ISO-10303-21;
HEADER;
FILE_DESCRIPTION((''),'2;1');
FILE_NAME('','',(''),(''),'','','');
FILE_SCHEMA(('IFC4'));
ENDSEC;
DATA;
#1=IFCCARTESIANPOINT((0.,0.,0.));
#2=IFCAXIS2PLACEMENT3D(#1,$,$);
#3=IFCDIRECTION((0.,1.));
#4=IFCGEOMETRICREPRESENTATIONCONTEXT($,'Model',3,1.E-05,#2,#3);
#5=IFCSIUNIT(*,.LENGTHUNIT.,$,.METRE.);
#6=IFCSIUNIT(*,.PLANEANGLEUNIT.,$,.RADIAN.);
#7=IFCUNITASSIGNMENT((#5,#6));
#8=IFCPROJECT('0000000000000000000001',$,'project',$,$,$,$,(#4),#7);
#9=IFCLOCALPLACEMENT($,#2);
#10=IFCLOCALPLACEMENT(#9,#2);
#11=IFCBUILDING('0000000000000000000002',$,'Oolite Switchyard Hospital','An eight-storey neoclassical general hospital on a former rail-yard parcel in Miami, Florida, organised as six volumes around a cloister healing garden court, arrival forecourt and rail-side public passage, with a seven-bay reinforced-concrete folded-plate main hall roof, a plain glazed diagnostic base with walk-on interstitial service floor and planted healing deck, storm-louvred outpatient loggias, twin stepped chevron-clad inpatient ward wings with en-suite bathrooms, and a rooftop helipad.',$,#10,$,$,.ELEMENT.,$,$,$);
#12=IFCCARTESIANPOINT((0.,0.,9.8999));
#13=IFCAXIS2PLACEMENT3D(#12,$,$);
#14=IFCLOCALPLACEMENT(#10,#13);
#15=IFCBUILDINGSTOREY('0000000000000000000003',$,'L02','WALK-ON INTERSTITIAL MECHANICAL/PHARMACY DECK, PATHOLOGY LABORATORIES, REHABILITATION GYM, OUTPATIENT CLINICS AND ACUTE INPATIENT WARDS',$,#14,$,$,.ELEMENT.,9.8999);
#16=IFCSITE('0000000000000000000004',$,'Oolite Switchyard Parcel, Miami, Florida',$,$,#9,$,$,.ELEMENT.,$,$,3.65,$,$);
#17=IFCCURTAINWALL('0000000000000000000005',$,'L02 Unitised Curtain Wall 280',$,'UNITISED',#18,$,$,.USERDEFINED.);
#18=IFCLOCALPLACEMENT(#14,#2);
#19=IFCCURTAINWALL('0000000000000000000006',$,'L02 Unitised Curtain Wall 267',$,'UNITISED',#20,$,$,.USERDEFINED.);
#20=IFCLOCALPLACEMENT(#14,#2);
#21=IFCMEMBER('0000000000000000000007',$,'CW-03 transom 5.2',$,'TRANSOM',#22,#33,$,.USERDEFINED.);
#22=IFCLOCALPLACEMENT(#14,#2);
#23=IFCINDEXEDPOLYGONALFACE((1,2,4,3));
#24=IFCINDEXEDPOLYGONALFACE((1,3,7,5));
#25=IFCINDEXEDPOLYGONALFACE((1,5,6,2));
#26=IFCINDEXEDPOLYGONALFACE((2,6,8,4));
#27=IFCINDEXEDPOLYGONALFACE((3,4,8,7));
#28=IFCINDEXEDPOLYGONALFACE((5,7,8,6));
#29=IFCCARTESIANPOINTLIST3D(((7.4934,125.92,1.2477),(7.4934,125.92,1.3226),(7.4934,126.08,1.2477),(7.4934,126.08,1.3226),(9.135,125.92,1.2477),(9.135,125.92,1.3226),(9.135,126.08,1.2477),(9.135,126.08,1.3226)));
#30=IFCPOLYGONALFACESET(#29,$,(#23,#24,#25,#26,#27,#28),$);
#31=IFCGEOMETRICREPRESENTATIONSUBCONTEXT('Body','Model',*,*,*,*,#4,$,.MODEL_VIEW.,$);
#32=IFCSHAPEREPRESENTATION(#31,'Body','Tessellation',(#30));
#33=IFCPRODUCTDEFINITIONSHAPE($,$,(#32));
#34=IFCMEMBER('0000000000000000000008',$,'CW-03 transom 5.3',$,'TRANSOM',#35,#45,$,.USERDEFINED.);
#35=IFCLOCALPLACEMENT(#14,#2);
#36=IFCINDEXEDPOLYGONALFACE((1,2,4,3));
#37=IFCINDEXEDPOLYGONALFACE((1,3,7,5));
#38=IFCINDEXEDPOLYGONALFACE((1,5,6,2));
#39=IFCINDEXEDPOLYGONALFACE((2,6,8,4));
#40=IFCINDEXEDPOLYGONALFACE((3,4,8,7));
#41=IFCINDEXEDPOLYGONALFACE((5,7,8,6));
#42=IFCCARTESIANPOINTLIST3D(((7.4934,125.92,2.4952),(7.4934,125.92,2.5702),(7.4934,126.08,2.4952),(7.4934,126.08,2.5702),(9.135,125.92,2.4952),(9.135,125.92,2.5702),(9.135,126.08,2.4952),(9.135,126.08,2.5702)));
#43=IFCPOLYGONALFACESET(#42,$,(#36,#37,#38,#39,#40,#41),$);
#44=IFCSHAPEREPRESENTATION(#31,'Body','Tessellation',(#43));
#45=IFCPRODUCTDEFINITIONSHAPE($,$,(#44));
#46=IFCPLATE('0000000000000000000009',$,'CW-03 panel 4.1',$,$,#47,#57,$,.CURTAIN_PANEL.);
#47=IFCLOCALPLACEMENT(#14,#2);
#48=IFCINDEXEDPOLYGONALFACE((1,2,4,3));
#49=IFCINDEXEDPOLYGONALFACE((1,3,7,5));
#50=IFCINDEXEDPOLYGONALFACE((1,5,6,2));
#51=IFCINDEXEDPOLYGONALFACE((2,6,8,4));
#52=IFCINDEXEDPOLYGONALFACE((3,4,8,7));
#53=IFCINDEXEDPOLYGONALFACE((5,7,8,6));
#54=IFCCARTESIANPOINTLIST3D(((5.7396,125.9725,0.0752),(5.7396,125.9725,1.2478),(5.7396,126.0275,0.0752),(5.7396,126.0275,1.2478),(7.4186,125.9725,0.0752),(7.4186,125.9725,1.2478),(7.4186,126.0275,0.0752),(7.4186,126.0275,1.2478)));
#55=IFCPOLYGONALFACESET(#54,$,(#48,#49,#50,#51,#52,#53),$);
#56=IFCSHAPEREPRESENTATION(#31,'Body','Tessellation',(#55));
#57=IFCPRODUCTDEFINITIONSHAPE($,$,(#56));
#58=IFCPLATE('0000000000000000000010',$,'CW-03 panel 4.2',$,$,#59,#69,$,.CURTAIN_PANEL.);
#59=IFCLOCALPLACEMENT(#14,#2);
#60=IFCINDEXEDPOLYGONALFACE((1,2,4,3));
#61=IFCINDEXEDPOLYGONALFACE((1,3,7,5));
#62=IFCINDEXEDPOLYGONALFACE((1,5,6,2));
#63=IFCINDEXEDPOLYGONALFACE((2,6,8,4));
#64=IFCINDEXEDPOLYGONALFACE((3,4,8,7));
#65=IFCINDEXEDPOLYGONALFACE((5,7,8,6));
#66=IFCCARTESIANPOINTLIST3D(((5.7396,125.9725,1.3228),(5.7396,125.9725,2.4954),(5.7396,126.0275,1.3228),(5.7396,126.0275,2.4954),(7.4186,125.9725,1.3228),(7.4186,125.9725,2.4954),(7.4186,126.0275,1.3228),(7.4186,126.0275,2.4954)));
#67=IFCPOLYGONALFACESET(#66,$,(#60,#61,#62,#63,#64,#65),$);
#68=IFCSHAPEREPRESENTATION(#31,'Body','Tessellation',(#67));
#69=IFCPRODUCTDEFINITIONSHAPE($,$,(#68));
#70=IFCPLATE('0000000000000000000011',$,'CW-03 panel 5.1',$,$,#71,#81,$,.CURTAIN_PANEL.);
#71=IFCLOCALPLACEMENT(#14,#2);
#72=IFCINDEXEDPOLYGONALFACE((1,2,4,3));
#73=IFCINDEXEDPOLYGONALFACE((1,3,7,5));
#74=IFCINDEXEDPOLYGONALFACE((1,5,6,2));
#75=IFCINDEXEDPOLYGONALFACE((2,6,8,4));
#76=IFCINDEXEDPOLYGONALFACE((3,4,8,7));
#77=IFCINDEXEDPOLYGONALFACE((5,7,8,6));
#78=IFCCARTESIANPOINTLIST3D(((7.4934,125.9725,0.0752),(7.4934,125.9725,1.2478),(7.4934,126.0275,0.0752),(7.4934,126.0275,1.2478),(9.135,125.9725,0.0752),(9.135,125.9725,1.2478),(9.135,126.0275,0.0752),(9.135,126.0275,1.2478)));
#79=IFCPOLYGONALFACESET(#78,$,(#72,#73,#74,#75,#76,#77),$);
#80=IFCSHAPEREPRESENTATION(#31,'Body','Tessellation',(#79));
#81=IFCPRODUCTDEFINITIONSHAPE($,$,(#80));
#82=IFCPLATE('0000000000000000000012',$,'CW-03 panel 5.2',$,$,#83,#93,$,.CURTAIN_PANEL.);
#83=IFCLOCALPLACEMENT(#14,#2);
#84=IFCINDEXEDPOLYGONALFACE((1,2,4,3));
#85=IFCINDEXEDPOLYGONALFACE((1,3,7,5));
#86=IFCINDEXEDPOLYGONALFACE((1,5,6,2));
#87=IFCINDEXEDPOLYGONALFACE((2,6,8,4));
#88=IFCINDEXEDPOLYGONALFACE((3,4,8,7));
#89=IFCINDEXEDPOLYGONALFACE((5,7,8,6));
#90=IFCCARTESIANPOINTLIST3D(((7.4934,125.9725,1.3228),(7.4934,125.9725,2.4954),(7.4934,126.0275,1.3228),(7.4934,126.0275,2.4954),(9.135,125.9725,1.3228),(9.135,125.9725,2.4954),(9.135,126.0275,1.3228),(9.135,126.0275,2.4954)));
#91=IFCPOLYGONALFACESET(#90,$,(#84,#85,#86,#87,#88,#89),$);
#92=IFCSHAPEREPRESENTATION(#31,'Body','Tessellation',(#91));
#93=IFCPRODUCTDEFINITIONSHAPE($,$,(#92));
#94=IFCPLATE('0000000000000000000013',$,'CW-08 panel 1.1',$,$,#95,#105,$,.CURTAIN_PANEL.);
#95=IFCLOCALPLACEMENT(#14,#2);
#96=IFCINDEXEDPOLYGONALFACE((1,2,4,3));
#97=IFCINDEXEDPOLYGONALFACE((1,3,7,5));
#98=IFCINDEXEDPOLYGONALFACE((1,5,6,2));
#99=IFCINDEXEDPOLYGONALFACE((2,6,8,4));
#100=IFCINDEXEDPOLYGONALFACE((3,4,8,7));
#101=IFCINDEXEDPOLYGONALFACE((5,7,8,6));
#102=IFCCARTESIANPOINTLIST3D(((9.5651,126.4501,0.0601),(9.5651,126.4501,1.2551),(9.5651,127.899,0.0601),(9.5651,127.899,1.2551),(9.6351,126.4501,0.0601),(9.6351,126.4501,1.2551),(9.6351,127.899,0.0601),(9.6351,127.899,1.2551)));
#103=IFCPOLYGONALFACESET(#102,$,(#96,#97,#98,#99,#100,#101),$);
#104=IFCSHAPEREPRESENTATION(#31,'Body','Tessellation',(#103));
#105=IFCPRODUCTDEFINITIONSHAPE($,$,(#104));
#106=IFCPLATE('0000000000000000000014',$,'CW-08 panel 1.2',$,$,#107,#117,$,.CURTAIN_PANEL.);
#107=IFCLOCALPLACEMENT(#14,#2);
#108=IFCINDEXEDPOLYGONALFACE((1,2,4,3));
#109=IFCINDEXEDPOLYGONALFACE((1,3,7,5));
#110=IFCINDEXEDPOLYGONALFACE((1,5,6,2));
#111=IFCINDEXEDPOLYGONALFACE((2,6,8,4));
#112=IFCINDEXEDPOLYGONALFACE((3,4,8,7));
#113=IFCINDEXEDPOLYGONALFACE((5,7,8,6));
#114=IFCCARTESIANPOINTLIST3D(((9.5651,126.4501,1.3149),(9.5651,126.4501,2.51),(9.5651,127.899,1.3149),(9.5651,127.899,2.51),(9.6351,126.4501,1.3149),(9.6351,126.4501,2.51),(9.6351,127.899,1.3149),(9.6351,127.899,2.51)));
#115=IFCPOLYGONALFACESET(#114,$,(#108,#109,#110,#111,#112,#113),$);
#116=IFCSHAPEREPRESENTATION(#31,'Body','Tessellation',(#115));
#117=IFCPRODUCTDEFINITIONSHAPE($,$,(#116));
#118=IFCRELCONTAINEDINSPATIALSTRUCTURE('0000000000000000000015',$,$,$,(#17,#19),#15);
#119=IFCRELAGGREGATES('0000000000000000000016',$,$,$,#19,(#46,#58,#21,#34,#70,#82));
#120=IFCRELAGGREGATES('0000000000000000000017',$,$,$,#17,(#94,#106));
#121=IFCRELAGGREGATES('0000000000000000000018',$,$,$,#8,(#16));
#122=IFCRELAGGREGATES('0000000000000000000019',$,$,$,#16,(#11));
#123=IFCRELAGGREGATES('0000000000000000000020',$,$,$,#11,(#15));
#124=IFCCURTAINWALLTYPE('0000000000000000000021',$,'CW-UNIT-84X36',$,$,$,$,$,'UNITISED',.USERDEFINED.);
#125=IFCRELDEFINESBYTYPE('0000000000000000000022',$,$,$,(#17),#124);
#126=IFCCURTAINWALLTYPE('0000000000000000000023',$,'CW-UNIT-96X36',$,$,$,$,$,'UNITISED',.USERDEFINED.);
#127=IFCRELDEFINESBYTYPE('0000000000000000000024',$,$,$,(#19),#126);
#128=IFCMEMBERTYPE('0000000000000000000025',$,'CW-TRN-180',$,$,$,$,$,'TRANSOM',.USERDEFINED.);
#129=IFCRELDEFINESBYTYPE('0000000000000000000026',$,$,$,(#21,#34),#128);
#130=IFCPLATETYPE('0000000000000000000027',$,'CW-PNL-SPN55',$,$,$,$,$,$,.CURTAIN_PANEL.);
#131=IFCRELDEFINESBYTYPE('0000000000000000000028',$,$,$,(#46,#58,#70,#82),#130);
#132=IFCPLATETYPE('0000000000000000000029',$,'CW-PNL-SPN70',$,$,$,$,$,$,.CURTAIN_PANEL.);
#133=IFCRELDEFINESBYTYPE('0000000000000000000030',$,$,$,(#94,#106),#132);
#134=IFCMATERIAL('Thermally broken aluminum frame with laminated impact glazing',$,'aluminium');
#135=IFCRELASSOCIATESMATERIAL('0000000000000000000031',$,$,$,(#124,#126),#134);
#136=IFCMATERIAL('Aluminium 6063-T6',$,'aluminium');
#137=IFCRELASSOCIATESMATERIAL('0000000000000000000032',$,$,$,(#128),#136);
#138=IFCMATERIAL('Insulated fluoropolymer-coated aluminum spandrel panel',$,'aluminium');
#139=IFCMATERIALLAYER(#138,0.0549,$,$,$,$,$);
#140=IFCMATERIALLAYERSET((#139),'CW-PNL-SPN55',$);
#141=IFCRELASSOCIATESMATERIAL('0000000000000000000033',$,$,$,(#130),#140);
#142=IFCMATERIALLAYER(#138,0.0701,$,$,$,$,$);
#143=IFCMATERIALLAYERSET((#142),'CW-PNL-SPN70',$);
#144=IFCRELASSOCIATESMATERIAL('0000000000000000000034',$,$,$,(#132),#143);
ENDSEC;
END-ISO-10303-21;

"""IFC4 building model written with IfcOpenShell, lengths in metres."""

from ifc_helpers import new_model, si_unit, direction, frame, origin, origin_2d, place, context, subcontext, project, spatial, rectangle, extrude, material, layer, layer_set, material_profile, profile_set, type_object, element, aggregate, save


model = new_model("IFC4")

# Units and contexts
model_context = context("Model", 3, precision=1e-05, world=origin(), true_north=direction((0.0, 1.0)))
body_context = subcontext(model_context, "Body", "Model", "MODEL_VIEW")
ifc_project = project(units=[si_unit("LENGTHUNIT", "METRE"), si_unit("PLANEANGLEUNIT", "RADIAN")], contexts=[model_context])

# Site, building, storey
site_placement = place(None, origin())
site = spatial("IfcSite", under=ifc_project, at=site_placement, Name="Oolite Switchyard Parcel, Miami, Florida", CompositionType="ELEMENT", RefElevation=3.65)
building_placement = place(site_placement, origin())
building = spatial("IfcBuilding", under=site, at=building_placement, Name="Oolite Switchyard Hospital", Description="An eight-storey neoclassical general hospital on a former rail-yard parcel in Miami, Florida, organised as six volumes around a cloister healing garden court, arrival forecourt and rail-side public passage, with a seven-bay reinforced-concrete folded-plate main hall roof, a plain glazed diagnostic base with walk-on interstitial service floor and planted healing deck, storm-louvred outpatient loggias, twin stepped chevron-clad inpatient ward wings with en-suite bathrooms, and a rooftop helipad.", CompositionType="ELEMENT")
storey_placement = place(building_placement, frame((0.0, 0.0, 9.8999)))
storey = spatial("IfcBuildingStorey", under=building, at=storey_placement, Name="L02", Description="WALK-ON INTERSTITIAL MECHANICAL/PHARMACY DECK, PATHOLOGY LABORATORIES, REHABILITATION GYM, OUTPATIENT CLINICS AND ACUTE INPATIENT WARDS", CompositionType="ELEMENT", Elevation=9.8999)

# Curtain walls
ifc_material_1 = material(Name="Thermally broken aluminum frame with laminated impact glazing", Category="aluminium")
curtain_wall_type_1 = type_object("IfcCurtainWallType", Name="CW-UNIT-84X36", ElementType="UNITISED", PredefinedType="USERDEFINED", material=ifc_material_1)
curtain_wall_1_placement = place(storey_placement, origin())
curtain_wall_1 = element("IfcCurtainWall", 1, at=curtain_wall_1_placement, inside=storey, type_object=curtain_wall_type_1, Name="L02 Unitised Curtain Wall 280", ObjectType="UNITISED", PredefinedType="USERDEFINED")
ifc_material_2 = material(Name="Aluminium 6063-T6", Category="aluminium")
curtain_wall_type_2 = type_object("IfcCurtainWallType", Name="CW-UNIT-96X36", ElementType="UNITISED", PredefinedType="USERDEFINED", material=ifc_material_1)
curtain_wall_2_placement = place(storey_placement, origin())
curtain_wall_2 = element("IfcCurtainWall", 2, at=curtain_wall_2_placement, inside=storey, type_object=curtain_wall_type_2, Name="L02 Unitised Curtain Wall 267", ObjectType="UNITISED", PredefinedType="USERDEFINED")

# Members
ifc_material_profile_1 = material_profile(ifc_material_2, rectangle(XDim=0.1599, YDim=0.075, at=origin_2d()), Name="CWT75X160")
ifc_profile_set_1 = profile_set([ifc_material_profile_1], Name="Aluminium 6063-T6")
member_type_1 = type_object("IfcMemberType", Name="CW-TRN-180", ElementType="TRANSOM", PredefinedType="USERDEFINED", material=ifc_profile_set_1)
member_1_placement = place(storey_placement, frame((7.4934, 126.0, 1.2852), z_axis=(1.0, 0.0, 0.0), x_axis=(0.0, 1.0, 0.0)))
member_1 = element("IfcMember", 3, at=member_1_placement, type_object=member_type_1, Name="CW-03 transom 5.2", ObjectType="TRANSOM", PredefinedType="USERDEFINED", context=body_context, shape_type="SweptSolid", body=[
    extrude(rectangle(XDim=0.1599, YDim=0.075, at=origin_2d()), origin(), (0.0, 0.0, 1.0), 1.6416),
])
member_2_placement = place(storey_placement, frame((7.4934, 126.0, 2.5327), z_axis=(1.0, 0.0, 0.0), x_axis=(0.0, 1.0, 0.0)))
member_2 = element("IfcMember", 4, at=member_2_placement, type_object=member_type_1, Name="CW-03 transom 5.3", ObjectType="TRANSOM", PredefinedType="USERDEFINED", context=body_context, shape_type="SweptSolid", body=[
    extrude(rectangle(XDim=0.1599, YDim=0.075, at=origin_2d()), origin(), (0.0, 0.0, 1.0), 1.6416),
])

# Plates
ifc_material_3 = material(Name="Insulated fluoropolymer-coated aluminum spandrel panel", Category="aluminium")
ifc_layer_1 = layer(ifc_material_3, 0.0549)
ifc_layer_set_1 = layer_set([ifc_layer_1], Name="CW-PNL-SPN55")
plate_type_1 = type_object("IfcPlateType", Name="CW-PNL-SPN55", PredefinedType="CURTAIN_PANEL", material=ifc_layer_set_1)
plate_1_placement = place(storey_placement, frame((6.5791, 126.0, 0.0752), z_axis=(0.0, 0.0, 1.0), x_axis=(1.0, 0.0, 0.0)))
plate_1 = element("IfcPlate", 5, at=plate_1_placement, type_object=plate_type_1, Name="CW-03 panel 4.1", PredefinedType="CURTAIN_PANEL", context=body_context, shape_type="SweptSolid", body=[
    extrude(rectangle(XDim=1.679, YDim=0.0549, at=origin_2d()), origin(), (0.0, 0.0, 1.0), 1.1726),
])
plate_2_placement = place(storey_placement, frame((6.5791, 126.0, 1.3228), z_axis=(0.0, 0.0, 1.0), x_axis=(1.0, 0.0, 0.0)))
plate_2 = element("IfcPlate", 6, at=plate_2_placement, type_object=plate_type_1, Name="CW-03 panel 4.2", PredefinedType="CURTAIN_PANEL", context=body_context, shape_type="SweptSolid", body=[
    extrude(rectangle(XDim=1.679, YDim=0.0549, at=origin_2d()), origin(), (0.0, 0.0, 1.0), 1.1726),
])
plate_3_placement = place(storey_placement, frame((8.3142, 126.0, 0.0752), z_axis=(0.0, 0.0, 1.0), x_axis=(1.0, 0.0, 0.0)))
plate_3 = element("IfcPlate", 7, at=plate_3_placement, type_object=plate_type_1, Name="CW-03 panel 5.1", PredefinedType="CURTAIN_PANEL", context=body_context, shape_type="SweptSolid", body=[
    extrude(rectangle(XDim=1.6416, YDim=0.0549, at=origin_2d()), origin(), (0.0, 0.0, 1.0), 1.1726),
])
plate_4_placement = place(storey_placement, frame((8.3142, 126.0, 1.3228), z_axis=(0.0, 0.0, 1.0), x_axis=(1.0, 0.0, 0.0)))
plate_4 = element("IfcPlate", 8, at=plate_4_placement, type_object=plate_type_1, Name="CW-03 panel 5.2", PredefinedType="CURTAIN_PANEL", context=body_context, shape_type="SweptSolid", body=[
    extrude(rectangle(XDim=1.6416, YDim=0.0549, at=origin_2d()), origin(), (0.0, 0.0, 1.0), 1.1726),
])
aggregate(curtain_wall_2, [plate_1, plate_2, member_1, member_2, plate_3, plate_4])
ifc_layer_2 = layer(ifc_material_3, 0.0701)
ifc_layer_set_2 = layer_set([ifc_layer_2], Name="CW-PNL-SPN70")
plate_type_2 = type_object("IfcPlateType", Name="CW-PNL-SPN70", PredefinedType="CURTAIN_PANEL", material=ifc_layer_set_2)
plate_5_placement = place(storey_placement, frame((9.6001, 127.1746, 0.0601), z_axis=(0.0, 0.0, 1.0), x_axis=(0.0, 1.0, 0.0)))
plate_5 = element("IfcPlate", 9, at=plate_5_placement, type_object=plate_type_2, Name="CW-08 panel 1.1", PredefinedType="CURTAIN_PANEL", context=body_context, shape_type="SweptSolid", body=[
    extrude(rectangle(XDim=1.449, YDim=0.0701, at=origin_2d()), origin(), (0.0, 0.0, 1.0), 1.1951),
])
plate_6_placement = place(storey_placement, frame((9.6001, 127.1746, 1.3149), z_axis=(0.0, 0.0, 1.0), x_axis=(0.0, 1.0, 0.0)))
plate_6 = element("IfcPlate", 10, at=plate_6_placement, type_object=plate_type_2, Name="CW-08 panel 1.2", PredefinedType="CURTAIN_PANEL", context=body_context, shape_type="SweptSolid", body=[
    extrude(rectangle(XDim=1.449, YDim=0.0701, at=origin_2d()), origin(), (0.0, 0.0, 1.0), 1.1951),
])
aggregate(curtain_wall_1, [plate_5, plate_6])

save(model, "model.ifc")
